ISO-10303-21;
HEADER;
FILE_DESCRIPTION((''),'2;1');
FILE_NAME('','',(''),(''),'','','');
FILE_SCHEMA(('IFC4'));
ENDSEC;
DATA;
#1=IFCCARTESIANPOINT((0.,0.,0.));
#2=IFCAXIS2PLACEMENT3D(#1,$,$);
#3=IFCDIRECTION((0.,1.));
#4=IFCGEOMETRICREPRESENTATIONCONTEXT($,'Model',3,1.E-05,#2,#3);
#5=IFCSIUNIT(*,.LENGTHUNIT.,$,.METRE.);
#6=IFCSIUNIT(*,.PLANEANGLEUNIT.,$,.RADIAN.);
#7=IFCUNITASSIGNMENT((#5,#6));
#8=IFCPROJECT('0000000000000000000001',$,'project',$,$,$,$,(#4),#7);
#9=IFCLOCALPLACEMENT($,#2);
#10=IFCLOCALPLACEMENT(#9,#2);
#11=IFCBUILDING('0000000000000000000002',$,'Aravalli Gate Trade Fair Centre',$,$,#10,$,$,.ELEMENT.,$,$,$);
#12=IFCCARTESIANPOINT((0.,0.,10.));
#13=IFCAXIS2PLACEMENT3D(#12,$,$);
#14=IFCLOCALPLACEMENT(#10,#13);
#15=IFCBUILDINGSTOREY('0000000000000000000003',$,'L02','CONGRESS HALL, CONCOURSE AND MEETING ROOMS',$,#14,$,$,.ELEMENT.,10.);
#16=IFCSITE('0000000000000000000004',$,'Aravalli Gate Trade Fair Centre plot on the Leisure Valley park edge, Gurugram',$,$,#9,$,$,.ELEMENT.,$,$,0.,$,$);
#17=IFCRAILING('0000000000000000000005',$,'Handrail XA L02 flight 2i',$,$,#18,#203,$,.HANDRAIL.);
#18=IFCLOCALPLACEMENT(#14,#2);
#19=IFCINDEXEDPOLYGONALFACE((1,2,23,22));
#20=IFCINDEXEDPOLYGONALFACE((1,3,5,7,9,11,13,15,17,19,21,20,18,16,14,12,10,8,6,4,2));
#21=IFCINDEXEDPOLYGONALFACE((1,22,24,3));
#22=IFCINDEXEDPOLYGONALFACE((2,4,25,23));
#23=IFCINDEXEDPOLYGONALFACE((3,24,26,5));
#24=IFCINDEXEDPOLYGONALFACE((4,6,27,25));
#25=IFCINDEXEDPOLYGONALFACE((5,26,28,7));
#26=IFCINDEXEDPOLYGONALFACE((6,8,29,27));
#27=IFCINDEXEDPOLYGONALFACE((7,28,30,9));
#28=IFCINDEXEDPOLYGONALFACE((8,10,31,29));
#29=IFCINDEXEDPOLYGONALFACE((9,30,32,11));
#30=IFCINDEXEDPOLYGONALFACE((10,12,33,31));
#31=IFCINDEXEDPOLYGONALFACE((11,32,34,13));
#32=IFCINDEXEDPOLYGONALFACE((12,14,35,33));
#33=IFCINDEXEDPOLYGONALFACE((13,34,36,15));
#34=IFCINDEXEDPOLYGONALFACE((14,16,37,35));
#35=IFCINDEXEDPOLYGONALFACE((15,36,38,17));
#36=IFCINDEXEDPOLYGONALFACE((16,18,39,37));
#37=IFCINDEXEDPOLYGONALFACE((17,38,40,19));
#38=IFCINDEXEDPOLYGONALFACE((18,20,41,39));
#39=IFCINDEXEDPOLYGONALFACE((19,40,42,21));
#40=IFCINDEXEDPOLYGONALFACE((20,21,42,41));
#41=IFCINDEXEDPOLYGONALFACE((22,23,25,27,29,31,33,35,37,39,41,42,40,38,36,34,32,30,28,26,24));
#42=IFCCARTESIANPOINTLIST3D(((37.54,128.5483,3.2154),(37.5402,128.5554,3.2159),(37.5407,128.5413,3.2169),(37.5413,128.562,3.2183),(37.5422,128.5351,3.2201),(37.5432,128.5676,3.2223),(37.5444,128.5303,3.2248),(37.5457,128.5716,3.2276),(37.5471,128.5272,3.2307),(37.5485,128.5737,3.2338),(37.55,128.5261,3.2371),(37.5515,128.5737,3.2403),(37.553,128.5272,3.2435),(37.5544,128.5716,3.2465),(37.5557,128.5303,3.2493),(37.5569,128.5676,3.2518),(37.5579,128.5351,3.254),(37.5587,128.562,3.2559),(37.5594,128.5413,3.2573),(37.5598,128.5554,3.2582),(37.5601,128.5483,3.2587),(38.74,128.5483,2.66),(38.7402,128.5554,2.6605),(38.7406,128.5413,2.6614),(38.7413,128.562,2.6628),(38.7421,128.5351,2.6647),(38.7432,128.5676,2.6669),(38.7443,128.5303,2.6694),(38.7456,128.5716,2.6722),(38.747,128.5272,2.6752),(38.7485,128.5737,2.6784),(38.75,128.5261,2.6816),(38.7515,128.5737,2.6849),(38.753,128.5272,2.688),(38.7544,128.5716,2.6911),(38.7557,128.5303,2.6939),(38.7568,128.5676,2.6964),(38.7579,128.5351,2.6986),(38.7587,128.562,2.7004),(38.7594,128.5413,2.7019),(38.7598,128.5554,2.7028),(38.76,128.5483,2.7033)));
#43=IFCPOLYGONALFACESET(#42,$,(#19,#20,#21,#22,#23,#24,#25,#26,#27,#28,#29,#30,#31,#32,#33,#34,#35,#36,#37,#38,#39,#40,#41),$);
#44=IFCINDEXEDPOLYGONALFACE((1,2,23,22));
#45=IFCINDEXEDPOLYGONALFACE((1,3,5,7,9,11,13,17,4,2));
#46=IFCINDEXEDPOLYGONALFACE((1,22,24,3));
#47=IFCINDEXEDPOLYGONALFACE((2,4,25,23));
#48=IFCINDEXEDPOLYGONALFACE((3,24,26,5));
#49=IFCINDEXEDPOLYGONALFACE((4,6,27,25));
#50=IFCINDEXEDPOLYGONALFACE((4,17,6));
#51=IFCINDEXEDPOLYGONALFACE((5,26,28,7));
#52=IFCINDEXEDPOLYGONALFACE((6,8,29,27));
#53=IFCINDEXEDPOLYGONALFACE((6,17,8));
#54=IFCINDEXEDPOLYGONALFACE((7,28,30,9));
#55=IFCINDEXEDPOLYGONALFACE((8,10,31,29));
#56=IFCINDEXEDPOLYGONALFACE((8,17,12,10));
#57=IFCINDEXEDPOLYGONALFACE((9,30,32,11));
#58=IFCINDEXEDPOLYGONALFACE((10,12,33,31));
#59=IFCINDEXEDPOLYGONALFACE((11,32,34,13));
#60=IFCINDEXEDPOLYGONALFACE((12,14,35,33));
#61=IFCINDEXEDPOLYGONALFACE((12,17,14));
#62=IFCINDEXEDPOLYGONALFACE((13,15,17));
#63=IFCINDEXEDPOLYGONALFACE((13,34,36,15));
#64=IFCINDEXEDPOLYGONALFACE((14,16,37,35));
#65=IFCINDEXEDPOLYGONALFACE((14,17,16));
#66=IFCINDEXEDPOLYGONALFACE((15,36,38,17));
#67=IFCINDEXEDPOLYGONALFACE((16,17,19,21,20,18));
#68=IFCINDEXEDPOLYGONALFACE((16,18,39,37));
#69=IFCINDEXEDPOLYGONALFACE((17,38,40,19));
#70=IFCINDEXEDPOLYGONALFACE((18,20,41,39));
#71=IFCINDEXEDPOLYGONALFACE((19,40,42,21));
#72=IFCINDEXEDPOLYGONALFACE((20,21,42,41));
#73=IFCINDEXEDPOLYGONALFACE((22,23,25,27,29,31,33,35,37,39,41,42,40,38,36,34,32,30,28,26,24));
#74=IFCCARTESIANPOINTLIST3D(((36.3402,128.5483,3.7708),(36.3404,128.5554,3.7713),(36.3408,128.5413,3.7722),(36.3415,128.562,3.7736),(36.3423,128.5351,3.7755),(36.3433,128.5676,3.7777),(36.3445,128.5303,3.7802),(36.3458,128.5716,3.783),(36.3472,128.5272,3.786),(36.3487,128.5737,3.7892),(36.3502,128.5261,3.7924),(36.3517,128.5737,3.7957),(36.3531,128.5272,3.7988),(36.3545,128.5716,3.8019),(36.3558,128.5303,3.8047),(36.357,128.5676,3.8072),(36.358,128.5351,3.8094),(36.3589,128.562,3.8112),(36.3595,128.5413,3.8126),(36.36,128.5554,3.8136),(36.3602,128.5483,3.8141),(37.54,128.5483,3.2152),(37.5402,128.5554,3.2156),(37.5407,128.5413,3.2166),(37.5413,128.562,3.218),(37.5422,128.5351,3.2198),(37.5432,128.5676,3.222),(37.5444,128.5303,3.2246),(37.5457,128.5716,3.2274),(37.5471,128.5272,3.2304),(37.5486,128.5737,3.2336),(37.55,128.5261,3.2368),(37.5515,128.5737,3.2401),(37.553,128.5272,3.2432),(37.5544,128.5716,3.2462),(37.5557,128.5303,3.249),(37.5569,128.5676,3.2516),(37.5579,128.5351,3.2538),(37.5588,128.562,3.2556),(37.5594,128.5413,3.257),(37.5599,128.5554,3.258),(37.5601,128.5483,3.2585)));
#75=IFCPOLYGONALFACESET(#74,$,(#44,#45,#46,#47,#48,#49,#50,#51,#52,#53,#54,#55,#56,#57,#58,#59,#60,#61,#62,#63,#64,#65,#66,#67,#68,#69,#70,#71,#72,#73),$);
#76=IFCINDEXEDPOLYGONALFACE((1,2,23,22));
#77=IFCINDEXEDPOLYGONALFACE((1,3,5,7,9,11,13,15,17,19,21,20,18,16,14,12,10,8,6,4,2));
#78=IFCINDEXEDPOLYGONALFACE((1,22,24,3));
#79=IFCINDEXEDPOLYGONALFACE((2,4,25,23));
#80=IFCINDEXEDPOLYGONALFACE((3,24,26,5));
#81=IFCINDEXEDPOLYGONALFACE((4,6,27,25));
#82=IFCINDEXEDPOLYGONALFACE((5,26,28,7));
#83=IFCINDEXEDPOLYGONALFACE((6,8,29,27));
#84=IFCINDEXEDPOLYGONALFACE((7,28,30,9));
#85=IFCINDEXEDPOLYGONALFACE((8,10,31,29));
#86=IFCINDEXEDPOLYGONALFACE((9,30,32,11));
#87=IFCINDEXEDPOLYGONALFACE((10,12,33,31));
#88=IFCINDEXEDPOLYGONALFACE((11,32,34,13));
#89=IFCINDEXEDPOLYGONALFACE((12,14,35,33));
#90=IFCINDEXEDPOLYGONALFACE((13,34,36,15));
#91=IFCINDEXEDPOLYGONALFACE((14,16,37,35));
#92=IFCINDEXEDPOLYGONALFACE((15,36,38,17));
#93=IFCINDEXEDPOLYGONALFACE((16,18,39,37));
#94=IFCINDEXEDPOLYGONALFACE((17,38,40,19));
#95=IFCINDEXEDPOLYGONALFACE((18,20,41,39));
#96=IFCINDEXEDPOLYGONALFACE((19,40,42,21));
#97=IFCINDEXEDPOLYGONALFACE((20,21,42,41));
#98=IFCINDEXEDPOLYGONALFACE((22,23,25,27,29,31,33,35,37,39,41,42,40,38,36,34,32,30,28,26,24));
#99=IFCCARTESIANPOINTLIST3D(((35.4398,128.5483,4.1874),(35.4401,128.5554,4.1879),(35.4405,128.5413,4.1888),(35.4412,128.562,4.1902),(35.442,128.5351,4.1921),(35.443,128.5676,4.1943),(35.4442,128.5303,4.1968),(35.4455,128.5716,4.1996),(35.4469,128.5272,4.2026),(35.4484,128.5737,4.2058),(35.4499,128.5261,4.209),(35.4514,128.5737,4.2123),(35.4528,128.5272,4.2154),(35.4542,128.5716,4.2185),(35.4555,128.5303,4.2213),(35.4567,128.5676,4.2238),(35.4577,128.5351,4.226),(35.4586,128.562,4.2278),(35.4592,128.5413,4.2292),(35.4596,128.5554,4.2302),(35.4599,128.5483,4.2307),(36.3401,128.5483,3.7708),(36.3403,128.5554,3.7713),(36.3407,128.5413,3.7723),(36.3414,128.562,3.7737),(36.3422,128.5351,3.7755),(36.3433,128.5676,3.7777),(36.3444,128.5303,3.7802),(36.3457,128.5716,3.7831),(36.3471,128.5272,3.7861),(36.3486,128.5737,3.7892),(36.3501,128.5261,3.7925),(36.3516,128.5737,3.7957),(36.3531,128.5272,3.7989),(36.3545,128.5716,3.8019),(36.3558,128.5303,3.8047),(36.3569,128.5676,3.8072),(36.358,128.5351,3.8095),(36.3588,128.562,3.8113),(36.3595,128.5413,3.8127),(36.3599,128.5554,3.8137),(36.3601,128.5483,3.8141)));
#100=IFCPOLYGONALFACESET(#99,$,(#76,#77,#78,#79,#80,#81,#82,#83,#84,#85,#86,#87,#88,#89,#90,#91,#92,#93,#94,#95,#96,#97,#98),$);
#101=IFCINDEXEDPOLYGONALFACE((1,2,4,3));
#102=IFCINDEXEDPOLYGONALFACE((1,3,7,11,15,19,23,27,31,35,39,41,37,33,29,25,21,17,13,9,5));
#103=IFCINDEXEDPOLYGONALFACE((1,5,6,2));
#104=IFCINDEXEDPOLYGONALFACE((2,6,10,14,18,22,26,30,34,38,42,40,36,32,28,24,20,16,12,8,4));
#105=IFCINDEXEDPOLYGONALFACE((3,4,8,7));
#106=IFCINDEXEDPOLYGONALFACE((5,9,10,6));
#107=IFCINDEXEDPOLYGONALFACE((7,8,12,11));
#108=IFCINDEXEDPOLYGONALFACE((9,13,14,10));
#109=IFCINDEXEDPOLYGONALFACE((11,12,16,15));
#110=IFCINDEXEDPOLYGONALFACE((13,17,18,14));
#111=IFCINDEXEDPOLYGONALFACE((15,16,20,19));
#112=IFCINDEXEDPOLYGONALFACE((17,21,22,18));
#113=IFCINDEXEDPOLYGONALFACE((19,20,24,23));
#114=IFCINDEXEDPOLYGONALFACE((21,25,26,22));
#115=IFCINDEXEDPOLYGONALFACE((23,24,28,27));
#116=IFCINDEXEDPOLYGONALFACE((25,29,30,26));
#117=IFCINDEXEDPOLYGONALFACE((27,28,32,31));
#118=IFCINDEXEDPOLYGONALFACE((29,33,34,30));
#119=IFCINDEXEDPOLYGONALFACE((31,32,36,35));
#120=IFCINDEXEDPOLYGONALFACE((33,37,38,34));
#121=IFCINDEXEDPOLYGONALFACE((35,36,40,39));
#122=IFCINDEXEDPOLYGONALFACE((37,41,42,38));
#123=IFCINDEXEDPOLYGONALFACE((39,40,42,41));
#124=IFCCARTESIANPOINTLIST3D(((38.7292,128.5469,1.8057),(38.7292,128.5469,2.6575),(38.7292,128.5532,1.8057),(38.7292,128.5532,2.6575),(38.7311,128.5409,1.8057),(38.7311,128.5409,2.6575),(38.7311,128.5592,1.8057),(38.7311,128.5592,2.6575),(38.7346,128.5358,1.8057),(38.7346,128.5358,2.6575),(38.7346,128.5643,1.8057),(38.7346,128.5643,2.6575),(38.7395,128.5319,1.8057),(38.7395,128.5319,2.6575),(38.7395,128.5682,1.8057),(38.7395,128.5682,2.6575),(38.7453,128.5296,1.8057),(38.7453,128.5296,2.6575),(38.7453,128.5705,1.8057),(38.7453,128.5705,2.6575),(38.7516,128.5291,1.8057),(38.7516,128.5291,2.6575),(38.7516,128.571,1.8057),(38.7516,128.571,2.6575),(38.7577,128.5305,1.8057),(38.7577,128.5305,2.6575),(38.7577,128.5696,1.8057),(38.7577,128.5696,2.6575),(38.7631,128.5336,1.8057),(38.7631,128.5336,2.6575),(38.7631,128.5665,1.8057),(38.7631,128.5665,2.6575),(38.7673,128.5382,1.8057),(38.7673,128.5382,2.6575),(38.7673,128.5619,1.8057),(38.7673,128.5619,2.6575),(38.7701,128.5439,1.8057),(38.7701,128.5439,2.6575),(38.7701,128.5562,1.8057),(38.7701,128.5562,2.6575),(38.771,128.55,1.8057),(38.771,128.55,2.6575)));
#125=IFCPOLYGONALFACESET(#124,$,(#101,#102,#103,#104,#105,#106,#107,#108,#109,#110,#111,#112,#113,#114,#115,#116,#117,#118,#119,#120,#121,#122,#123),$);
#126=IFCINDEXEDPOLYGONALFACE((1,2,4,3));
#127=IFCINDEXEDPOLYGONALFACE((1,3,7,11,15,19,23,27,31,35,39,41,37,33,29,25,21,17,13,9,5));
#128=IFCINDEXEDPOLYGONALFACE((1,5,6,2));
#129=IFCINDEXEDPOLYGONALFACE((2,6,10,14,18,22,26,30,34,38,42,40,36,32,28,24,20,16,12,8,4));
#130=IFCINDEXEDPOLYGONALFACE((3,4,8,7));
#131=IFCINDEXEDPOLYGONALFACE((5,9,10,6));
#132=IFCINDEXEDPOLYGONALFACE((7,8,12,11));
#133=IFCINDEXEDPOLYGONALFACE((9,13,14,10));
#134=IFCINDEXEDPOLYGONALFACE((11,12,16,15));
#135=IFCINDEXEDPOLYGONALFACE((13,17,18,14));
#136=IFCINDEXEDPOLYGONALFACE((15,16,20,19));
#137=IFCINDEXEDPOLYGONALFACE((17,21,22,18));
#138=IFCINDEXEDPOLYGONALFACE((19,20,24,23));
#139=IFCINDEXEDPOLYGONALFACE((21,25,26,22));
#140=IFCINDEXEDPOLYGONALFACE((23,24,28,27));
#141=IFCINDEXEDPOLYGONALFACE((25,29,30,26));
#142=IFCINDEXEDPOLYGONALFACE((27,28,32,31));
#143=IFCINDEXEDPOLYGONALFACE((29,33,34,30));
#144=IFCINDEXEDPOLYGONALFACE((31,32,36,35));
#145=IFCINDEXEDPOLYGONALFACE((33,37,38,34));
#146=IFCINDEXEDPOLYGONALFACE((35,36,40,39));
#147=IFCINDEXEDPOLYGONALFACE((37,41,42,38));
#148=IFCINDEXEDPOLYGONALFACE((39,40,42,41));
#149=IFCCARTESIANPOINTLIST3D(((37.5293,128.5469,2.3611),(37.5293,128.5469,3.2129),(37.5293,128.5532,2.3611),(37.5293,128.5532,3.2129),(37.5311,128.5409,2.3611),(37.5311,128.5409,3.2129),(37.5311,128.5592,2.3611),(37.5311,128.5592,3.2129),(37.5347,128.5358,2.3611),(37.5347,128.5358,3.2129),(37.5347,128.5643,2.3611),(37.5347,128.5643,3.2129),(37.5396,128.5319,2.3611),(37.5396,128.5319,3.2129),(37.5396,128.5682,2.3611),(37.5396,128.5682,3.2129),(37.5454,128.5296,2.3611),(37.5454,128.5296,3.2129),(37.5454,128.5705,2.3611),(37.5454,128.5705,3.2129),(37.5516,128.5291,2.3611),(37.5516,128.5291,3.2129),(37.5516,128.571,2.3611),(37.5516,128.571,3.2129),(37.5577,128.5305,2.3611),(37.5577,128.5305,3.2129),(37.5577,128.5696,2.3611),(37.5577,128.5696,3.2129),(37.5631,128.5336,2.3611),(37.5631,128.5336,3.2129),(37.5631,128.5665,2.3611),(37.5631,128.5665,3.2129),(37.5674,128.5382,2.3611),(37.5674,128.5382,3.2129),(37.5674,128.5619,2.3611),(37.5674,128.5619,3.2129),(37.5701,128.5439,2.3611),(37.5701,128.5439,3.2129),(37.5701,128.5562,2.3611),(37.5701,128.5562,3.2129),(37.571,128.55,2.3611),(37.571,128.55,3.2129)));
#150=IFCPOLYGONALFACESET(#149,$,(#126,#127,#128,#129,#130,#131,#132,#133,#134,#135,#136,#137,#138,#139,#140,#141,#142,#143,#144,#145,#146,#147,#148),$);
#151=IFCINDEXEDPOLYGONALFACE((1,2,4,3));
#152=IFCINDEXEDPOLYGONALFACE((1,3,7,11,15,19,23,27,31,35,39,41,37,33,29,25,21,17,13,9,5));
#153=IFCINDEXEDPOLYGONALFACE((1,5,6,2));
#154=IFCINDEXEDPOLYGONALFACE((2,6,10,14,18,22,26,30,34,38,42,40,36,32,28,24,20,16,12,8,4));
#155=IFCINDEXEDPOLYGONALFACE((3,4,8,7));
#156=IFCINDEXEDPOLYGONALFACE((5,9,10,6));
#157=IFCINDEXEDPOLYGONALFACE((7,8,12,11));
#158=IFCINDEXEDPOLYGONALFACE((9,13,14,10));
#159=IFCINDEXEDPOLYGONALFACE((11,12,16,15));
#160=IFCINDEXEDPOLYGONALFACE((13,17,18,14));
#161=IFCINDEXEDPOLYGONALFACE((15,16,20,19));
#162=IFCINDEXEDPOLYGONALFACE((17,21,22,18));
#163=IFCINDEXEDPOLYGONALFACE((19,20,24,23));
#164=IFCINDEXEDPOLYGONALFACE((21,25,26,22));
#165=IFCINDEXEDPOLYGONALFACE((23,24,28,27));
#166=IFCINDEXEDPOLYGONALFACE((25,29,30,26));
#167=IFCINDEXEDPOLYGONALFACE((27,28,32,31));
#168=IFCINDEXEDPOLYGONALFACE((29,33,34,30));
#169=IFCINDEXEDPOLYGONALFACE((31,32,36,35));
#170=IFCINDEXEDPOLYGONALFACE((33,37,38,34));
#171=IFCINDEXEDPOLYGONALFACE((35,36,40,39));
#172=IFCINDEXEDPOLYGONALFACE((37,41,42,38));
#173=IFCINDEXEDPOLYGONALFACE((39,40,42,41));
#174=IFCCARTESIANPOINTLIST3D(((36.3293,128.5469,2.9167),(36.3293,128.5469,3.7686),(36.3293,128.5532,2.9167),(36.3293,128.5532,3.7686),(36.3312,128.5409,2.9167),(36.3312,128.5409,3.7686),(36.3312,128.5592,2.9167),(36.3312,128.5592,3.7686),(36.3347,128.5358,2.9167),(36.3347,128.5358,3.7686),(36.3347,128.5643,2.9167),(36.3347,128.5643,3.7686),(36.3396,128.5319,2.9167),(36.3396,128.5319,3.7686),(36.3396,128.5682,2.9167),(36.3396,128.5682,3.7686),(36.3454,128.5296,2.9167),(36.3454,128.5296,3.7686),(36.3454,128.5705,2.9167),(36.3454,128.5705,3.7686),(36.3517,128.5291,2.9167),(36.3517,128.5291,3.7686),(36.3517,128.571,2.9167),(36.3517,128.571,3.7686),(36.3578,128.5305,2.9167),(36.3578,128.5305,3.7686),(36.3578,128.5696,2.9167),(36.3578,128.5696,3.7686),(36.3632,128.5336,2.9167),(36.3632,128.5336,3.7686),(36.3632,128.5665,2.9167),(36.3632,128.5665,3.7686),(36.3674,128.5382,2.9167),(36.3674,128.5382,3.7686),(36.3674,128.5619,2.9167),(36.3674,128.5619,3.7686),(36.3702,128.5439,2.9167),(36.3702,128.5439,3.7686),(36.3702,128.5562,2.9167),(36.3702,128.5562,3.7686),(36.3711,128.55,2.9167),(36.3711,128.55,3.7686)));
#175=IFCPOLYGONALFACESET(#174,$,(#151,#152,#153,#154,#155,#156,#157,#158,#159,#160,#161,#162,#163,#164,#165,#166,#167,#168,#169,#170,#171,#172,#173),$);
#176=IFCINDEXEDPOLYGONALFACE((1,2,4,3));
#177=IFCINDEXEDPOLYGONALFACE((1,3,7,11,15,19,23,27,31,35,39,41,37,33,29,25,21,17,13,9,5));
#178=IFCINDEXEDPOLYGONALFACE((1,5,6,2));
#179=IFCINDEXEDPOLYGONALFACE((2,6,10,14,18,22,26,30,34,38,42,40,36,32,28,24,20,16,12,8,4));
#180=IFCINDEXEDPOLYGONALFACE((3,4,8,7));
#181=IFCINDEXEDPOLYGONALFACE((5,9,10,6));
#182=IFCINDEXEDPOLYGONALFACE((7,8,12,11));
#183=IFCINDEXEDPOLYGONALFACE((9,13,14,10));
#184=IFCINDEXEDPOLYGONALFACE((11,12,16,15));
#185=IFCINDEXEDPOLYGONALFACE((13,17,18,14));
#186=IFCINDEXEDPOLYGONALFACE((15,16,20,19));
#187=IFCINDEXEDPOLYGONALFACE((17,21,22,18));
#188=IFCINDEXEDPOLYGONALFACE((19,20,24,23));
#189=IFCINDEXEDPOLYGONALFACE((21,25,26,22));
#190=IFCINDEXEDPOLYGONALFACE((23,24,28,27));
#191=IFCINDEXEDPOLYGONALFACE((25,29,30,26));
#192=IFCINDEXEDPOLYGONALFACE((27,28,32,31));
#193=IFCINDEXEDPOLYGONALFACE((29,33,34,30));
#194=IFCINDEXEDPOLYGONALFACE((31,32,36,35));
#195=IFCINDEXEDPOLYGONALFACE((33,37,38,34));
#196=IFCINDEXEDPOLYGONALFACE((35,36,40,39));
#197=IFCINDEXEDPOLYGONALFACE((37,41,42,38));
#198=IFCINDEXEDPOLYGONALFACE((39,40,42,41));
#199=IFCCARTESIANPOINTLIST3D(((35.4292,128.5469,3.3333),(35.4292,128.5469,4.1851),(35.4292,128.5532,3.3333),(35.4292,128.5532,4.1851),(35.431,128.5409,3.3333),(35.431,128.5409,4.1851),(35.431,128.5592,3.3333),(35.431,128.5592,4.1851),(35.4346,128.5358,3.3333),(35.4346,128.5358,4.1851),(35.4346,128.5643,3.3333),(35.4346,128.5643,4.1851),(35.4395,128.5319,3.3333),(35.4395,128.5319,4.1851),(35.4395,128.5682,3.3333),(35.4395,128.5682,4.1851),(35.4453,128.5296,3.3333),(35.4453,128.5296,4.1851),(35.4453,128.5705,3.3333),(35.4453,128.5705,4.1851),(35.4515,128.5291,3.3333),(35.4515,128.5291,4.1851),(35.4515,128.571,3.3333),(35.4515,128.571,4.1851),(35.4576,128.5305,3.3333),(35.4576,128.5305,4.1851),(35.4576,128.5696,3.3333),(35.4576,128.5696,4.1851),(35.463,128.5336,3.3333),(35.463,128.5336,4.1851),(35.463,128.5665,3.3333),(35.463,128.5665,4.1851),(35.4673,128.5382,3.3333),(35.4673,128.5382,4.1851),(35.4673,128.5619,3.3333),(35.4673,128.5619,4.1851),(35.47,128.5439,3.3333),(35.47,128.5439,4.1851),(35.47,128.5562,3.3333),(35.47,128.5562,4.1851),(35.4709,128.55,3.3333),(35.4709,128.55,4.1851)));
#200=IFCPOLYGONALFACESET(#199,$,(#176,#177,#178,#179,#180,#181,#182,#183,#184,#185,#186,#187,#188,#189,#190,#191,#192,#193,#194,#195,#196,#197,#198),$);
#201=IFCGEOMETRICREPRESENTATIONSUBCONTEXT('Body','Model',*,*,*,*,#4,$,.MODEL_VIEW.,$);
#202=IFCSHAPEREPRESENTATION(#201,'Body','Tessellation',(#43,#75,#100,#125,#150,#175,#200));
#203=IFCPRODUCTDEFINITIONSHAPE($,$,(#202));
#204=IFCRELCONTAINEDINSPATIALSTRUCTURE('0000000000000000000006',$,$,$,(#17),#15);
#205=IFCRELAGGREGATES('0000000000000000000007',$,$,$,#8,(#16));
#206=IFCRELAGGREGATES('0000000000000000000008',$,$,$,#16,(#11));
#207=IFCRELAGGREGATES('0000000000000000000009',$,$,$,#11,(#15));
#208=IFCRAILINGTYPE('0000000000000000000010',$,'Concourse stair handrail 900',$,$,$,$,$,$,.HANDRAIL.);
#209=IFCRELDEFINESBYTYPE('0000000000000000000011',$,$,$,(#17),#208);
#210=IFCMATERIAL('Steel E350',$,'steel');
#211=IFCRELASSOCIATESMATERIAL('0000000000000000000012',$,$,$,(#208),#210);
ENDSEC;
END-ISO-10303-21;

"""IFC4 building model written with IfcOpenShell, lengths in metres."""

from ifc_helpers import new_model, si_unit, direction, frame, origin, origin_2d, place, context, subcontext, project, spatial, circle, extrude, material, type_object, element, save


model = new_model("IFC4")

# Units and contexts
model_context = context("Model", 3, precision=1e-05, world=origin(), true_north=direction((0.0, 1.0)))
body_context = subcontext(model_context, "Body", "Model", "MODEL_VIEW")
ifc_project = project(units=[si_unit("LENGTHUNIT", "METRE"), si_unit("PLANEANGLEUNIT", "RADIAN")], contexts=[model_context])

# Site, building, storey
site_placement = place(None, origin())
site = spatial("IfcSite", under=ifc_project, at=site_placement, Name="Aravalli Gate Trade Fair Centre plot on the Leisure Valley park edge, Gurugram", CompositionType="ELEMENT", RefElevation=0.0)
building_placement = place(site_placement, origin())
building = spatial("IfcBuilding", under=site, at=building_placement, Name="Aravalli Gate Trade Fair Centre", CompositionType="ELEMENT")
storey_placement = place(building_placement, frame((0.0, 0.0, 10.0)))
storey = spatial("IfcBuildingStorey", under=building, at=storey_placement, Name="L02", Description="CONGRESS HALL, CONCOURSE AND MEETING ROOMS", CompositionType="ELEMENT", Elevation=10.0)

# Shared definitions
ifc_material_1 = material(Name="Steel E350", Category="steel")

# Railing
railing_type_1 = type_object("IfcRailingType", Name="Concourse stair handrail 900", PredefinedType="HANDRAIL", material=ifc_material_1)
for number, where, name in (
    (1, (38.75, 128.55, 1.8057), "Handrail XA L02 flight 2i"),
):
    element("IfcRailing", number, at=place(storey_placement, frame(where)), inside=storey, type_object=railing_type_1, Name=name, PredefinedType="HANDRAIL", context=body_context, shape_type="SweptSolid", body=[
        extrude(circle(Radius=0.0239, at=origin_2d()), frame((0.0, 0.0, 0.876), z_axis=(-0.907499, 0.0, 0.420053), x_axis=(0.0, -1.0, 0.0)), (0.0, 0.0, 1.0), 1.3223),
        extrude(circle(Radius=0.0239, at=origin_2d()), frame((-1.2, 0.0, 1.4312), z_axis=(-0.907429, 0.0, 0.420205), x_axis=(0.0, -1.0, 0.0)), (0.0, 0.0, 1.0), 1.3223),
        extrude(circle(Radius=0.0239, at=origin_2d()), frame((-2.3999, 0.0, 1.9868), z_axis=(-0.907556, 0.0, 0.419932), x_axis=(0.0, -1.0, 0.0)), (0.0, 0.0, 1.0), 0.9919),
        extrude(circle(Radius=0.021, at=origin_2d()), origin(), (0.0, 0.0, 1.0), 0.8518),
        extrude(circle(Radius=0.021, at=origin_2d()), frame((-1.2, 0.0, 0.5554)), (0.0, 0.0, 1.0), 0.8518),
        extrude(circle(Radius=0.021, at=origin_2d()), frame((-2.3999, 0.0, 1.1111)), (0.0, 0.0, 1.0), 0.8518),
        extrude(circle(Radius=0.021, at=origin_2d()), frame((-3.3, 0.0, 1.5276)), (0.0, 0.0, 1.0), 0.8518),
    ])

save(model, "model.ifc")
